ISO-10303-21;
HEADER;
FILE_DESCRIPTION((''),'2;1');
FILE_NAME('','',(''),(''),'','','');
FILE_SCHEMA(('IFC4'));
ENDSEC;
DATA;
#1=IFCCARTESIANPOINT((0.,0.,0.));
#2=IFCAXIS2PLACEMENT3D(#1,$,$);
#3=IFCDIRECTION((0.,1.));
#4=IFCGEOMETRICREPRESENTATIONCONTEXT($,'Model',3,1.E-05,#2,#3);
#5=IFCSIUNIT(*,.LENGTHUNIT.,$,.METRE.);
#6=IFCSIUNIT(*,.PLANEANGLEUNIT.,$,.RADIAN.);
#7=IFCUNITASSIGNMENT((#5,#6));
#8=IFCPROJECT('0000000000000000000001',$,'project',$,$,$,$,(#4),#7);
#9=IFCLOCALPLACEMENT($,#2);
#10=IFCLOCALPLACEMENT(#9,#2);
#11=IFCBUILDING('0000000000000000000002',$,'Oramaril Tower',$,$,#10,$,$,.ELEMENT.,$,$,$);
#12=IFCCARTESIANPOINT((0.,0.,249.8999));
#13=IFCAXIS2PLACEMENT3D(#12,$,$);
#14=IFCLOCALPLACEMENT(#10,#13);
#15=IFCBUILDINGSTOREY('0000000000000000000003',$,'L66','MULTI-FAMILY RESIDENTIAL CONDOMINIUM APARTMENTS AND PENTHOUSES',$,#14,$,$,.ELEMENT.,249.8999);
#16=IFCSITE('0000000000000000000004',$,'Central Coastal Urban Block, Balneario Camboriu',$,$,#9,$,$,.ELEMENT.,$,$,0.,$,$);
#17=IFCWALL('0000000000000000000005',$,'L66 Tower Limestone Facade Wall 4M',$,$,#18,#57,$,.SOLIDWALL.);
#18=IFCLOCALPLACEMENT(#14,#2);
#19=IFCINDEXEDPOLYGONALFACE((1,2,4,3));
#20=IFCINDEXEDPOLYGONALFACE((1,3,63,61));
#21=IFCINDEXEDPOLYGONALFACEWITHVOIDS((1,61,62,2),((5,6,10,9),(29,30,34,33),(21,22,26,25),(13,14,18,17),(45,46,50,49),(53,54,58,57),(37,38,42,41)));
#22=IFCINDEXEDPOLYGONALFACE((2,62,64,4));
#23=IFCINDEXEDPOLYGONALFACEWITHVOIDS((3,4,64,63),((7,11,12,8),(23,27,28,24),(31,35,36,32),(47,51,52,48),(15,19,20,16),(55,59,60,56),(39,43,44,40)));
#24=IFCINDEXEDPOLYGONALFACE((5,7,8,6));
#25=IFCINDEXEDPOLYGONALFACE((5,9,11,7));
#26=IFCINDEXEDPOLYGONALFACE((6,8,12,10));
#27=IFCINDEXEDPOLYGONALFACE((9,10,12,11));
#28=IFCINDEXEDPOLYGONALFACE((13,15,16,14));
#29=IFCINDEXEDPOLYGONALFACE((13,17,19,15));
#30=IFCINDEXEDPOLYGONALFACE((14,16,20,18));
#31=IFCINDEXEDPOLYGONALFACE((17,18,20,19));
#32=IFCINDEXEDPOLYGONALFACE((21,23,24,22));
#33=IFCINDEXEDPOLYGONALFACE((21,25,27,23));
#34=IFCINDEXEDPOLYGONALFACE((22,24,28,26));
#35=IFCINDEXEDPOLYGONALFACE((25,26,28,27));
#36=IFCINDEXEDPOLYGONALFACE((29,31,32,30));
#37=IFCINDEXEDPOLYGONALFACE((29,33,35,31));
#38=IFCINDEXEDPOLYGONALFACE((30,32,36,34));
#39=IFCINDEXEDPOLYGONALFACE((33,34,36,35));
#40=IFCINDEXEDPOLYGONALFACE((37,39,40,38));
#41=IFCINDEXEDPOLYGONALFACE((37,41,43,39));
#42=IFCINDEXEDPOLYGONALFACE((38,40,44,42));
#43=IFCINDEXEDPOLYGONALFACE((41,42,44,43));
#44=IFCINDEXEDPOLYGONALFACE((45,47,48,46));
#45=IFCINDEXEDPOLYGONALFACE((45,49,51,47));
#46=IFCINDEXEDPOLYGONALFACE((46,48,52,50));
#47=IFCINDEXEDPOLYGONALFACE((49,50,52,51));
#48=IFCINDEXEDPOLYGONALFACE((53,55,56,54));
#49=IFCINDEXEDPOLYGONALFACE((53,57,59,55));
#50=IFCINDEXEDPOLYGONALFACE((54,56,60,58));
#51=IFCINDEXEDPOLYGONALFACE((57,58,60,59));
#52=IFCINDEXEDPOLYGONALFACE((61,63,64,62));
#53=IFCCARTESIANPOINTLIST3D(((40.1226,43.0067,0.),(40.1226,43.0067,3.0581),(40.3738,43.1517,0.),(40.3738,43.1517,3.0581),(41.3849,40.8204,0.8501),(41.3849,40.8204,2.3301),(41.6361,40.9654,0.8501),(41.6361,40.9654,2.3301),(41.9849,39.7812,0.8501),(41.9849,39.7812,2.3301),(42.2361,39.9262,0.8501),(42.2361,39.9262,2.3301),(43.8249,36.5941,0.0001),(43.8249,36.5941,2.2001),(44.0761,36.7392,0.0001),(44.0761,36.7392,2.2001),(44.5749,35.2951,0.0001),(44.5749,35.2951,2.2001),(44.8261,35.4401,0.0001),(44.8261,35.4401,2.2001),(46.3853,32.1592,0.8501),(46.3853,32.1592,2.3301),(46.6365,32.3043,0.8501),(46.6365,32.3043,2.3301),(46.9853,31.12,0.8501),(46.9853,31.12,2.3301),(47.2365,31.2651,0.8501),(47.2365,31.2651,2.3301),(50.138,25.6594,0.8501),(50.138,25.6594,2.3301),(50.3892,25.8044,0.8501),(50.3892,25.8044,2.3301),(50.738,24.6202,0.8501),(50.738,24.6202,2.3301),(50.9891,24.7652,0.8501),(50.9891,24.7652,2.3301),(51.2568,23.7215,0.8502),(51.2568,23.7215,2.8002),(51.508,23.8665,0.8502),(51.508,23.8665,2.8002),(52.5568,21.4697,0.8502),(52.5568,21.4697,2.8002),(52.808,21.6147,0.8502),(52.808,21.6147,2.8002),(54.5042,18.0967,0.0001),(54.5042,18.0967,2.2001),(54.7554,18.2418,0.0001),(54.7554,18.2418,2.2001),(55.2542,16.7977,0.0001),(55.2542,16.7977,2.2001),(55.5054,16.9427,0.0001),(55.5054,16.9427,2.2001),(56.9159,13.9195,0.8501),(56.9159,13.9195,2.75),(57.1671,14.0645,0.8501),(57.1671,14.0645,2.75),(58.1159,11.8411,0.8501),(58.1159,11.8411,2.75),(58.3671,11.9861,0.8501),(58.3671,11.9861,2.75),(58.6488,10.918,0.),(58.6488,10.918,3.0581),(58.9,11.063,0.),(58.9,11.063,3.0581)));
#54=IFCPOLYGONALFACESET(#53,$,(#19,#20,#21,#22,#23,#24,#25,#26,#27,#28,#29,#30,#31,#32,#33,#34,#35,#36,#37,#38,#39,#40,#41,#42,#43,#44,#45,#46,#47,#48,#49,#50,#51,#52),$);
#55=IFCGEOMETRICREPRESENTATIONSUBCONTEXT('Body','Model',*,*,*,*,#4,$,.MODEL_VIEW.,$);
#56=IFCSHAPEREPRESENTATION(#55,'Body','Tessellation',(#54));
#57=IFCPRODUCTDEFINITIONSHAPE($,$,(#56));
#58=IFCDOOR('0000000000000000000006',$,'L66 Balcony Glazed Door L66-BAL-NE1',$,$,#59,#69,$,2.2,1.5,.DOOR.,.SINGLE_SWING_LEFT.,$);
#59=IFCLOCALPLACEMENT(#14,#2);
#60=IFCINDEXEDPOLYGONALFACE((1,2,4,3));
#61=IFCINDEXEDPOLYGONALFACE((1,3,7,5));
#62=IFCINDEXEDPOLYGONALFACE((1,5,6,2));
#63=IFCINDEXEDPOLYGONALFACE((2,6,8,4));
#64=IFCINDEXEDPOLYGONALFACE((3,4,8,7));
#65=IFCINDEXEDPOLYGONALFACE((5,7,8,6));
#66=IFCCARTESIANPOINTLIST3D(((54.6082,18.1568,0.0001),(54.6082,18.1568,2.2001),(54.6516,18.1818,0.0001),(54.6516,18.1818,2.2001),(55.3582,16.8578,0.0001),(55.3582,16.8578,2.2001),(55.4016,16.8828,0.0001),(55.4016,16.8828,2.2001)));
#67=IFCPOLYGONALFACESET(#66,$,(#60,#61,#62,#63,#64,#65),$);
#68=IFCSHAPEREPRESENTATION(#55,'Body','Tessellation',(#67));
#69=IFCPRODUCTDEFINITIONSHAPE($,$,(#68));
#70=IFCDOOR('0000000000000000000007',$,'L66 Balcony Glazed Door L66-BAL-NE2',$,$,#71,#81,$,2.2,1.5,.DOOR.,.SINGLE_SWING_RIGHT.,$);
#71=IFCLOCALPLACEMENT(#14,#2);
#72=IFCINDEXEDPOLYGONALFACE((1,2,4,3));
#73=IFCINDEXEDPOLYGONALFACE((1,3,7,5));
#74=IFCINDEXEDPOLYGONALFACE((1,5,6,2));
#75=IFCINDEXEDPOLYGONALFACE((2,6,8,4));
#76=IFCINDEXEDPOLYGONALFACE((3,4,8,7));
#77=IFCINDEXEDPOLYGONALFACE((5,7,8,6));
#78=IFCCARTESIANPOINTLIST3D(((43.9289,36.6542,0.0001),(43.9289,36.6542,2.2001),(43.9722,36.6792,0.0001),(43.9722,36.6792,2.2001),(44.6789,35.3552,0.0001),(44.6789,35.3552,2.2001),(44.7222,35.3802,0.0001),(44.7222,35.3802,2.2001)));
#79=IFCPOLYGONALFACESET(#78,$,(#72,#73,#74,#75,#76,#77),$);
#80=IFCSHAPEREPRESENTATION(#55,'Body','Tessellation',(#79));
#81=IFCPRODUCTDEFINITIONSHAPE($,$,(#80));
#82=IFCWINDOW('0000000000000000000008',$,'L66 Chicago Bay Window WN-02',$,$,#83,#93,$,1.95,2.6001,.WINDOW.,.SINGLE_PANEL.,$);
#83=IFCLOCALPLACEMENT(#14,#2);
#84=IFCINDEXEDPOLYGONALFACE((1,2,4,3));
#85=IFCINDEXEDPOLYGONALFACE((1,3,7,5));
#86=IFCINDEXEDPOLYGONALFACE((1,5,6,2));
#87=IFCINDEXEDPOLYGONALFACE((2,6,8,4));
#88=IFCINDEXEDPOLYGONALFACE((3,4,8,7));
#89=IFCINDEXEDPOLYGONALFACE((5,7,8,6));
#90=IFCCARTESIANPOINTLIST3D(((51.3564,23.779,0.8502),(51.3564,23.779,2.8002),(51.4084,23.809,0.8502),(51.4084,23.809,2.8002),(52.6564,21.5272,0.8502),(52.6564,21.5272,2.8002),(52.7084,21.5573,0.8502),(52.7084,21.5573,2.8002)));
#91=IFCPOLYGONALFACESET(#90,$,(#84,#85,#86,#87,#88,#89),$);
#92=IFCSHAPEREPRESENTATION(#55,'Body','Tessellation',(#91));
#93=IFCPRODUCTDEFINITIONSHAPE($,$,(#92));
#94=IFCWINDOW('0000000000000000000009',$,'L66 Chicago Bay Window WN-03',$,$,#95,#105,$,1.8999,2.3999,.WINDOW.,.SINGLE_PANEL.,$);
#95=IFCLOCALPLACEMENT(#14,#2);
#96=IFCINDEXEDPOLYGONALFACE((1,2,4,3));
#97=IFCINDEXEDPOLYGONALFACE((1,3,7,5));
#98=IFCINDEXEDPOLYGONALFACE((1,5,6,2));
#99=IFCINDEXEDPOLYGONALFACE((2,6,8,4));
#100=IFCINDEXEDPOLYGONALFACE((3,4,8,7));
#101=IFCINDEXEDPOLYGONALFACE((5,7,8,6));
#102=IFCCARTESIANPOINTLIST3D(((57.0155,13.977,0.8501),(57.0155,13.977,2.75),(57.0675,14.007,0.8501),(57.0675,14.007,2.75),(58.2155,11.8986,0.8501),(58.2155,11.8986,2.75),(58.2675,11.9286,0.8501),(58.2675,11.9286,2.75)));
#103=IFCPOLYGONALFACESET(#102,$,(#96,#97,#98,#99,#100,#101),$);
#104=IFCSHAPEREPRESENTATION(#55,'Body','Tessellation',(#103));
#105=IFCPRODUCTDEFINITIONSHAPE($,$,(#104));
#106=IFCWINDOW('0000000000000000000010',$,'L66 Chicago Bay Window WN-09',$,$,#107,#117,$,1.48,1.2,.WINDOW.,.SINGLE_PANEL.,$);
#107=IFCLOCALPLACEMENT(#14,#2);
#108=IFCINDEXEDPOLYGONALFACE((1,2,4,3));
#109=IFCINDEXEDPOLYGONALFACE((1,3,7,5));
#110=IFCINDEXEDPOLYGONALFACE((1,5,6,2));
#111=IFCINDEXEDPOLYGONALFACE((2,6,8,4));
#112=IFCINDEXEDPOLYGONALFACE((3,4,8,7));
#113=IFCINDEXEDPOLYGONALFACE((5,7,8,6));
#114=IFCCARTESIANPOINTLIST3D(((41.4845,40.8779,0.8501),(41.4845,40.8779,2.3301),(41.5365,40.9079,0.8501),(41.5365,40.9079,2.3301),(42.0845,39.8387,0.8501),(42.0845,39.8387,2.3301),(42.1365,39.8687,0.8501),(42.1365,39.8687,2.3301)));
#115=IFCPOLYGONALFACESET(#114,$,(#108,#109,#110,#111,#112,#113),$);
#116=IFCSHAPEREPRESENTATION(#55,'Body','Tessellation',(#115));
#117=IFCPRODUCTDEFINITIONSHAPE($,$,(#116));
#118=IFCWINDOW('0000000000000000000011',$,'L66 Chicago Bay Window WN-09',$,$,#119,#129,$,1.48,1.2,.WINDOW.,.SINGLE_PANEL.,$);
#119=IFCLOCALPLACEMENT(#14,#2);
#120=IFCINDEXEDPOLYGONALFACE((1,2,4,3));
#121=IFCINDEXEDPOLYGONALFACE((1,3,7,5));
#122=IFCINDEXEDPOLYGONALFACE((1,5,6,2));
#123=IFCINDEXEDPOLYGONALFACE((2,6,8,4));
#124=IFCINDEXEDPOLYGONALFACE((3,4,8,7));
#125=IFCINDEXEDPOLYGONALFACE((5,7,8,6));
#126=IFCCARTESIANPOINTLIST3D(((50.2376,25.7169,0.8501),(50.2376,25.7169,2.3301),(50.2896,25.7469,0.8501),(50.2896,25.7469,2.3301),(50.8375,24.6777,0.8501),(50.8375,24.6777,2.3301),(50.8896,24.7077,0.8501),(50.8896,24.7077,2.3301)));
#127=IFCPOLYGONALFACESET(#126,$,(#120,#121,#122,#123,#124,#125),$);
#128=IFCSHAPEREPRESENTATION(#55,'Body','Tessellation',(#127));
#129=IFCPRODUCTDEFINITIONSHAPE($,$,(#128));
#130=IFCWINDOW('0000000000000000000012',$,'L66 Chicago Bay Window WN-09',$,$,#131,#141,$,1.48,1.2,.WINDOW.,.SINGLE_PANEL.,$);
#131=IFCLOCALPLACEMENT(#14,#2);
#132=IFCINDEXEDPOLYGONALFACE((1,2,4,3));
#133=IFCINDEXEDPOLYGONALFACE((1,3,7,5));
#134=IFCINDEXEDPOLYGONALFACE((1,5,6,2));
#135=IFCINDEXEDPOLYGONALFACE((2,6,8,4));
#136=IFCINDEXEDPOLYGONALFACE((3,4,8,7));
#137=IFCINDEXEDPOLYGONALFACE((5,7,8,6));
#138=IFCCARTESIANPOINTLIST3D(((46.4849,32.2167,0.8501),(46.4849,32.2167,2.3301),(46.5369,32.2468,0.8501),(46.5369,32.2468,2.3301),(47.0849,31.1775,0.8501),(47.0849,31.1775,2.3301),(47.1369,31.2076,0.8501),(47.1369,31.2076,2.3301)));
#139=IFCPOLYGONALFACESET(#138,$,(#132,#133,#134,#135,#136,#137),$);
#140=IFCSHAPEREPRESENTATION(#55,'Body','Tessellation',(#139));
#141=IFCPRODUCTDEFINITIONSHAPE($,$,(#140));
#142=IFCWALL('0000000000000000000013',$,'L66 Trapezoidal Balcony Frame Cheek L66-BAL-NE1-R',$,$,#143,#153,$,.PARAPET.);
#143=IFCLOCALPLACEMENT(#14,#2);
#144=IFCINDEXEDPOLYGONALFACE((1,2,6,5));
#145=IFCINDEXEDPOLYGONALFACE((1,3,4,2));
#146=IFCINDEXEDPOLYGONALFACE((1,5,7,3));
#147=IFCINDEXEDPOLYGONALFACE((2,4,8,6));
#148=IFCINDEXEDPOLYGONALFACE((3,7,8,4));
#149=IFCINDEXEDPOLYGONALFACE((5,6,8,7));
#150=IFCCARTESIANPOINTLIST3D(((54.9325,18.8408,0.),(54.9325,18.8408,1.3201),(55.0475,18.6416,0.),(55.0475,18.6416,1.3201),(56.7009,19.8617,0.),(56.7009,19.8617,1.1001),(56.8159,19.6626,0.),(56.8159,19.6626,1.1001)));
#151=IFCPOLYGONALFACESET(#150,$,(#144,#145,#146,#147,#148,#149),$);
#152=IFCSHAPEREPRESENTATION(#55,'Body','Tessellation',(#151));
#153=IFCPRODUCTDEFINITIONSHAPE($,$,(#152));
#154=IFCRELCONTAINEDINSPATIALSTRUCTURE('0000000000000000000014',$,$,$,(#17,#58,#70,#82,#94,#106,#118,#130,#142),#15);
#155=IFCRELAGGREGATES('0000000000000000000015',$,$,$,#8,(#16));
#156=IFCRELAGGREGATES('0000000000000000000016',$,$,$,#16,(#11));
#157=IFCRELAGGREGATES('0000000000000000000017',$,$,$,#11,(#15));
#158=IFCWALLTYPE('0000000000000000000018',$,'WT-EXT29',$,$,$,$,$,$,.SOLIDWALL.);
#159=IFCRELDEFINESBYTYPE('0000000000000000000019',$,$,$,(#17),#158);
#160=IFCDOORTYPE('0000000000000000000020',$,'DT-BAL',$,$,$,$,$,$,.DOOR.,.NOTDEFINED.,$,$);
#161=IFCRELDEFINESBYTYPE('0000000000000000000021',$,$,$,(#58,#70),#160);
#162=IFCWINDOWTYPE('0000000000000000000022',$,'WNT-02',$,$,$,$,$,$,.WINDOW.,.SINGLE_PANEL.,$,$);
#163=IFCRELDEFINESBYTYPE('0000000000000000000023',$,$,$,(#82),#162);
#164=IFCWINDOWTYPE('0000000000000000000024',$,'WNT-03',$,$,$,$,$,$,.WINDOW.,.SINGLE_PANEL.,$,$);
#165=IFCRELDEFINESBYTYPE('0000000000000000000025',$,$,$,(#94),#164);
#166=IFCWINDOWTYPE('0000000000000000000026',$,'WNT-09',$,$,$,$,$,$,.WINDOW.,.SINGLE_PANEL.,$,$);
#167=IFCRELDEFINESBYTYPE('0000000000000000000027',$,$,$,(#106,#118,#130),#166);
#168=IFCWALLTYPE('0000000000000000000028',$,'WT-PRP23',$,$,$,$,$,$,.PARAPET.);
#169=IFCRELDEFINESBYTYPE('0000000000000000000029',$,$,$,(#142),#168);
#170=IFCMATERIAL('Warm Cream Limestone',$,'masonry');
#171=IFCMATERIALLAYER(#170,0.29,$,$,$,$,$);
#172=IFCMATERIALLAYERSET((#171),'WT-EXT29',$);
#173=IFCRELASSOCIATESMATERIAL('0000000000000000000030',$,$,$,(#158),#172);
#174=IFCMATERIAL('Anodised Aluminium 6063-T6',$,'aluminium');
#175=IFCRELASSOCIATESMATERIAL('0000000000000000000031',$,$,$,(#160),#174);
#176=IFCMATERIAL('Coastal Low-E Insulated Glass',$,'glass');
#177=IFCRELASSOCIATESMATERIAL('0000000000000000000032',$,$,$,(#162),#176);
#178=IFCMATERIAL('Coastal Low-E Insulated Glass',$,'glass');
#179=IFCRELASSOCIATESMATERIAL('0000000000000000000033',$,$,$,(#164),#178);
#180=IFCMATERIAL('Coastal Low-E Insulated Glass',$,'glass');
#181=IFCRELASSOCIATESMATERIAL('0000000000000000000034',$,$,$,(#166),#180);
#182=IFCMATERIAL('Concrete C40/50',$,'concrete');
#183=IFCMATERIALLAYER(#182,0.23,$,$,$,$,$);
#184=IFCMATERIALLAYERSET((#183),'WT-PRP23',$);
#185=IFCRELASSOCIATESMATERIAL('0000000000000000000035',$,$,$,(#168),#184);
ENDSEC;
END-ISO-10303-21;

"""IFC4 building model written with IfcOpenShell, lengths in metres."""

from ifc_helpers import new_model, si_unit, direction, frame, frame_2d, origin, place, context, subcontext, project, spatial, polyline, rectangle, outline, extrude, material, layer, layer_set, type_object, element, fill, save


model = new_model("IFC4")

# Units and contexts
model_context = context("Model", 3, precision=1e-05, world=origin(), true_north=direction((0.0, 1.0)))
body_context = subcontext(model_context, "Body", "Model", "MODEL_VIEW")
ifc_project = project(units=[si_unit("LENGTHUNIT", "METRE"), si_unit("PLANEANGLEUNIT", "RADIAN")], contexts=[model_context])

# Site, building, storey
site_placement = place(None, origin())
site = spatial("IfcSite", under=ifc_project, at=site_placement, Name="Central Coastal Urban Block, Balneario Camboriu", CompositionType="ELEMENT", RefElevation=0.0)
building_placement = place(site_placement, origin())
building = spatial("IfcBuilding", under=site, at=building_placement, Name="Oramaril Tower", CompositionType="ELEMENT")
storey_placement = place(building_placement, frame((0.0, 0.0, 249.8999)))
storey = spatial("IfcBuildingStorey", under=building, at=storey_placement, Name="L66", Description="MULTI-FAMILY RESIDENTIAL CONDOMINIUM APARTMENTS AND PENTHOUSES", CompositionType="ELEMENT", Elevation=249.8999)

# Wall, openings, doors, windows
ifc_material_1 = material(Name="Warm Cream Limestone", Category="masonry")
ifc_layer_1 = layer(ifc_material_1, 0.29)
ifc_layer_set_1 = layer_set([ifc_layer_1], Name="WT-EXT29")
wall_type_1 = type_object("IfcWallType", Name="WT-EXT29", PredefinedType="SOLIDWALL", material=ifc_layer_set_1)
wall_1_placement = place(storey_placement, frame((58.7744, 10.9905, 0.0), z_axis=(0.0, 0.0, 1.0), x_axis=(-0.499995, 0.866028, 0.0)))
wall_1 = element("IfcWall", 1, at=wall_1_placement, inside=storey, type_object=wall_type_1, Name="L66 Tower Limestone Facade Wall 4M", PredefinedType="SOLIDWALL", context=body_context, shape_type="SweptSolid", body=[
    extrude(rectangle(XDim=37.0527, YDim=0.29, at=frame_2d((18.5264, 0.0))), origin(), (0.0, 0.0, 1.0), 3.0581),
])
opening_1_placement = place(wall_1_placement, frame((6.7893, 0.0, 0.0)))
opening_1 = element("IfcOpeningElement", 2, at=opening_1_placement, cuts=wall_1, PredefinedType="OPENING", context=body_context, shape_type="SweptSolid", body=[
    extrude(rectangle(XDim=1.5, YDim=2.2, at=frame_2d((0.75, 1.1001))), frame((0.0, 0.145, 0.0), z_axis=(0.0, -1.0, 0.0), x_axis=(1.0, 0.0, 0.0)), (0.0, 0.0, 1.0), 0.29),
])
opening_2_placement = place(wall_1_placement, frame((28.1482, 0.0, 0.0)))
opening_2 = element("IfcOpeningElement", 3, at=opening_2_placement, cuts=wall_1, PredefinedType="OPENING", context=body_context, shape_type="SweptSolid", body=[
    extrude(rectangle(XDim=1.5, YDim=2.2, at=frame_2d((0.75, 1.1001))), frame((0.0, 0.145, 0.0), z_axis=(0.0, -1.0, 0.0), x_axis=(1.0, 0.0, 0.0)), (0.0, 0.0, 1.0), 0.29),
])
opening_3_placement = place(wall_1_placement, frame((12.1841, 0.0, 0.8501)))
opening_3 = element("IfcOpeningElement", 4, at=opening_3_placement, cuts=wall_1, PredefinedType="OPENING", context=body_context, shape_type="SweptSolid", body=[
    extrude(rectangle(XDim=2.6001, YDim=1.95, at=frame_2d((1.3, 0.9751))), frame((0.0, 0.145, 0.0), z_axis=(0.0, -1.0, 0.0), x_axis=(1.0, 0.0, 0.0)), (0.0, 0.0, 1.0), 0.29),
])
opening_4_placement = place(wall_1_placement, frame((1.0659, 0.0, 0.8501)))
opening_4 = element("IfcOpeningElement", 5, at=opening_4_placement, cuts=wall_1, PredefinedType="OPENING", context=body_context, shape_type="SweptSolid", body=[
    extrude(rectangle(XDim=2.3999, YDim=1.8999, at=frame_2d((1.2, 0.95))), frame((0.0, 0.145, 0.0), z_axis=(0.0, -1.0, 0.0), x_axis=(1.0, 0.0, 0.0)), (0.0, 0.0, 1.0), 0.29),
])
opening_5_placement = place(wall_1_placement, frame((33.3281, 0.0, 0.8501)))
opening_5 = element("IfcOpeningElement", 6, at=opening_5_placement, cuts=wall_1, PredefinedType="OPENING", context=body_context, shape_type="SweptSolid", body=[
    extrude(rectangle(XDim=1.2, YDim=1.48, at=frame_2d((0.6001, 0.74))), frame((0.0, 0.145, 0.0), z_axis=(0.0, -1.0, 0.0), x_axis=(1.0, 0.0, 0.0)), (0.0, 0.0, 1.0), 0.29),
])
opening_6_placement = place(wall_1_placement, frame((15.8218, 0.0, 0.8501)))
opening_6 = element("IfcOpeningElement", 7, at=opening_6_placement, cuts=wall_1, PredefinedType="OPENING", context=body_context, shape_type="SweptSolid", body=[
    extrude(rectangle(XDim=1.2, YDim=1.48, at=frame_2d((0.6001, 0.74))), frame((0.0, 0.145, 0.0), z_axis=(0.0, -1.0, 0.0), x_axis=(1.0, 0.0, 0.0)), (0.0, 0.0, 1.0), 0.29),
])
opening_7_placement = place(wall_1_placement, frame((23.3271, 0.0, 0.8501)))
opening_7 = element("IfcOpeningElement", 8, at=opening_7_placement, cuts=wall_1, PredefinedType="OPENING", context=body_context, shape_type="SweptSolid", body=[
    extrude(rectangle(XDim=1.2, YDim=1.48, at=frame_2d((0.6001, 0.74))), frame((0.0, 0.145, 0.0), z_axis=(0.0, -1.0, 0.0), x_axis=(1.0, 0.0, 0.0)), (0.0, 0.0, 1.0), 0.29),
])
ifc_material_2 = material(Name="Anodised Aluminium 6063-T6", Category="aluminium")
door_type = type_object("IfcDoorType", Name="DT-BAL", OperationType="NOTDEFINED", PredefinedType="DOOR", material=ifc_material_2)
door_1_placement = place(opening_1_placement, origin())
door_1 = element("IfcDoor", 9, at=door_1_placement, inside=storey, type_object=door_type, Name="L66 Balcony Glazed Door L66-BAL-NE1", OperationType="SINGLE_SWING_LEFT", OverallHeight=2.2, OverallWidth=1.5, PredefinedType="DOOR", context=body_context, shape_type="SweptSolid", body=[
    extrude(rectangle(XDim=1.5, YDim=2.2, at=frame_2d((0.75, 1.1001))), frame((0.0, 0.0249, 0.0), z_axis=(0.0, -1.0, 0.0), x_axis=(1.0, 0.0, 0.0)), (0.0, 0.0, 1.0), 0.05),
])
fill(opening_1, door_1)
door_2_placement = place(opening_2_placement, origin())
door_2 = element("IfcDoor", 10, at=door_2_placement, inside=storey, type_object=door_type, Name="L66 Balcony Glazed Door L66-BAL-NE2", OperationType="SINGLE_SWING_RIGHT", OverallHeight=2.2, OverallWidth=1.5, PredefinedType="DOOR", context=body_context, shape_type="SweptSolid", body=[
    extrude(rectangle(XDim=1.5, YDim=2.2, at=frame_2d((0.75, 1.1001))), frame((0.0, 0.0249, 0.0), z_axis=(0.0, -1.0, 0.0), x_axis=(1.0, 0.0, 0.0)), (0.0, 0.0, 1.0), 0.05),
])
fill(opening_2, door_2)
ifc_material_3 = material(Name="Coastal Low-E Insulated Glass", Category="glass")
window_type_1 = type_object("IfcWindowType", Name="WNT-02", PartitioningType="SINGLE_PANEL", PredefinedType="WINDOW", material=ifc_material_3)
window_1_placement = place(opening_3_placement, origin())
window_1 = element("IfcWindow", 11, at=window_1_placement, inside=storey, type_object=window_type_1, Name="L66 Chicago Bay Window WN-02", OverallHeight=1.95, OverallWidth=2.6001, PartitioningType="SINGLE_PANEL", PredefinedType="WINDOW", context=body_context, shape_type="SweptSolid", body=[
    extrude(rectangle(XDim=2.6001, YDim=1.95, at=frame_2d((1.3, 0.9751))), frame((0.0, 0.03, 0.0), z_axis=(0.0, -1.0, 0.0), x_axis=(1.0, 0.0, 0.0)), (0.0, 0.0, 1.0), 0.0601),
])
fill(opening_3, window_1)
ifc_material_4 = material(Name="Coastal Low-E Insulated Glass", Category="glass")
window_type_2 = type_object("IfcWindowType", Name="WNT-03", PartitioningType="SINGLE_PANEL", PredefinedType="WINDOW", material=ifc_material_4)
window_2_placement = place(opening_4_placement, origin())
window_2 = element("IfcWindow", 12, at=window_2_placement, inside=storey, type_object=window_type_2, Name="L66 Chicago Bay Window WN-03", OverallHeight=1.8999, OverallWidth=2.3999, PartitioningType="SINGLE_PANEL", PredefinedType="WINDOW", context=body_context, shape_type="SweptSolid", body=[
    extrude(rectangle(XDim=2.3999, YDim=1.8999, at=frame_2d((1.2, 0.95))), frame((0.0, 0.03, 0.0), z_axis=(0.0, -1.0, 0.0), x_axis=(1.0, 0.0, 0.0)), (0.0, 0.0, 1.0), 0.0601),
])
fill(opening_4, window_2)
ifc_material_5 = material(Name="Coastal Low-E Insulated Glass", Category="glass")
window_type_3 = type_object("IfcWindowType", Name="WNT-09", PartitioningType="SINGLE_PANEL", PredefinedType="WINDOW", material=ifc_material_5)
window_3_placement = place(opening_5_placement, origin())
window_3 = element("IfcWindow", 13, at=window_3_placement, inside=storey, type_object=window_type_3, Name="L66 Chicago Bay Window WN-09", OverallHeight=1.48, OverallWidth=1.2, PartitioningType="SINGLE_PANEL", PredefinedType="WINDOW", context=body_context, shape_type="SweptSolid", body=[
    extrude(rectangle(XDim=1.2, YDim=1.48, at=frame_2d((0.6001, 0.74))), frame((0.0, 0.03, 0.0), z_axis=(0.0, -1.0, 0.0), x_axis=(1.0, 0.0, 0.0)), (0.0, 0.0, 1.0), 0.0601),
])
fill(opening_5, window_3)
window_4_placement = place(opening_6_placement, origin())
window_4 = element("IfcWindow", 14, at=window_4_placement, inside=storey, type_object=window_type_3, Name="L66 Chicago Bay Window WN-09", OverallHeight=1.48, OverallWidth=1.2, PartitioningType="SINGLE_PANEL", PredefinedType="WINDOW", context=body_context, shape_type="SweptSolid", body=[
    extrude(rectangle(XDim=1.2, YDim=1.48, at=frame_2d((0.6001, 0.74))), frame((0.0, 0.03, 0.0), z_axis=(0.0, -1.0, 0.0), x_axis=(1.0, 0.0, 0.0)), (0.0, 0.0, 1.0), 0.0601),
])
fill(opening_6, window_4)
window_5_placement = place(opening_7_placement, origin())
window_5 = element("IfcWindow", 15, at=window_5_placement, inside=storey, type_object=window_type_3, Name="L66 Chicago Bay Window WN-09", OverallHeight=1.48, OverallWidth=1.2, PartitioningType="SINGLE_PANEL", PredefinedType="WINDOW", context=body_context, shape_type="SweptSolid", body=[
    extrude(rectangle(XDim=1.2, YDim=1.48, at=frame_2d((0.6001, 0.74))), frame((0.0, 0.03, 0.0), z_axis=(0.0, -1.0, 0.0), x_axis=(1.0, 0.0, 0.0)), (0.0, 0.0, 1.0), 0.0601),
])
fill(opening_7, window_5)

# Wall
ifc_material_6 = material(Name="Concrete C40/50", Category="concrete")
ifc_layer_2 = layer(ifc_material_6, 0.23)
ifc_layer_set_2 = layer_set([ifc_layer_2], Name="WT-PRP23")
wall_type_2 = type_object("IfcWallType", Name="WT-PRP23", PredefinedType="PARAPET", material=ifc_layer_set_2)
wall_2_placement = place(storey_placement, frame((54.99, 18.7412, 0.0), z_axis=(0.0, 0.0, 1.0), x_axis=(0.866042, 0.499971, 0.0)))
element("IfcWall", 16, at=wall_2_placement, inside=storey, type_object=wall_type_2, Name="L66 Trapezoidal Balcony Frame Cheek L66-BAL-NE1-R", PredefinedType="PARAPET", context=body_context, shape_type="SweptSolid", body=[
    extrude(outline(polyline([(0.0, 0.0), (2.042, 0.0), (2.042, 1.1001), (0.0, 1.3201), (0.0, 0.0)])), frame((0.0, 0.115, 0.0), z_axis=(0.0, -1.0, 0.0), x_axis=(1.0, 0.0, 0.0)), (0.0, 0.0, 1.0), 0.23),
])

save(model, "model.ifc")
